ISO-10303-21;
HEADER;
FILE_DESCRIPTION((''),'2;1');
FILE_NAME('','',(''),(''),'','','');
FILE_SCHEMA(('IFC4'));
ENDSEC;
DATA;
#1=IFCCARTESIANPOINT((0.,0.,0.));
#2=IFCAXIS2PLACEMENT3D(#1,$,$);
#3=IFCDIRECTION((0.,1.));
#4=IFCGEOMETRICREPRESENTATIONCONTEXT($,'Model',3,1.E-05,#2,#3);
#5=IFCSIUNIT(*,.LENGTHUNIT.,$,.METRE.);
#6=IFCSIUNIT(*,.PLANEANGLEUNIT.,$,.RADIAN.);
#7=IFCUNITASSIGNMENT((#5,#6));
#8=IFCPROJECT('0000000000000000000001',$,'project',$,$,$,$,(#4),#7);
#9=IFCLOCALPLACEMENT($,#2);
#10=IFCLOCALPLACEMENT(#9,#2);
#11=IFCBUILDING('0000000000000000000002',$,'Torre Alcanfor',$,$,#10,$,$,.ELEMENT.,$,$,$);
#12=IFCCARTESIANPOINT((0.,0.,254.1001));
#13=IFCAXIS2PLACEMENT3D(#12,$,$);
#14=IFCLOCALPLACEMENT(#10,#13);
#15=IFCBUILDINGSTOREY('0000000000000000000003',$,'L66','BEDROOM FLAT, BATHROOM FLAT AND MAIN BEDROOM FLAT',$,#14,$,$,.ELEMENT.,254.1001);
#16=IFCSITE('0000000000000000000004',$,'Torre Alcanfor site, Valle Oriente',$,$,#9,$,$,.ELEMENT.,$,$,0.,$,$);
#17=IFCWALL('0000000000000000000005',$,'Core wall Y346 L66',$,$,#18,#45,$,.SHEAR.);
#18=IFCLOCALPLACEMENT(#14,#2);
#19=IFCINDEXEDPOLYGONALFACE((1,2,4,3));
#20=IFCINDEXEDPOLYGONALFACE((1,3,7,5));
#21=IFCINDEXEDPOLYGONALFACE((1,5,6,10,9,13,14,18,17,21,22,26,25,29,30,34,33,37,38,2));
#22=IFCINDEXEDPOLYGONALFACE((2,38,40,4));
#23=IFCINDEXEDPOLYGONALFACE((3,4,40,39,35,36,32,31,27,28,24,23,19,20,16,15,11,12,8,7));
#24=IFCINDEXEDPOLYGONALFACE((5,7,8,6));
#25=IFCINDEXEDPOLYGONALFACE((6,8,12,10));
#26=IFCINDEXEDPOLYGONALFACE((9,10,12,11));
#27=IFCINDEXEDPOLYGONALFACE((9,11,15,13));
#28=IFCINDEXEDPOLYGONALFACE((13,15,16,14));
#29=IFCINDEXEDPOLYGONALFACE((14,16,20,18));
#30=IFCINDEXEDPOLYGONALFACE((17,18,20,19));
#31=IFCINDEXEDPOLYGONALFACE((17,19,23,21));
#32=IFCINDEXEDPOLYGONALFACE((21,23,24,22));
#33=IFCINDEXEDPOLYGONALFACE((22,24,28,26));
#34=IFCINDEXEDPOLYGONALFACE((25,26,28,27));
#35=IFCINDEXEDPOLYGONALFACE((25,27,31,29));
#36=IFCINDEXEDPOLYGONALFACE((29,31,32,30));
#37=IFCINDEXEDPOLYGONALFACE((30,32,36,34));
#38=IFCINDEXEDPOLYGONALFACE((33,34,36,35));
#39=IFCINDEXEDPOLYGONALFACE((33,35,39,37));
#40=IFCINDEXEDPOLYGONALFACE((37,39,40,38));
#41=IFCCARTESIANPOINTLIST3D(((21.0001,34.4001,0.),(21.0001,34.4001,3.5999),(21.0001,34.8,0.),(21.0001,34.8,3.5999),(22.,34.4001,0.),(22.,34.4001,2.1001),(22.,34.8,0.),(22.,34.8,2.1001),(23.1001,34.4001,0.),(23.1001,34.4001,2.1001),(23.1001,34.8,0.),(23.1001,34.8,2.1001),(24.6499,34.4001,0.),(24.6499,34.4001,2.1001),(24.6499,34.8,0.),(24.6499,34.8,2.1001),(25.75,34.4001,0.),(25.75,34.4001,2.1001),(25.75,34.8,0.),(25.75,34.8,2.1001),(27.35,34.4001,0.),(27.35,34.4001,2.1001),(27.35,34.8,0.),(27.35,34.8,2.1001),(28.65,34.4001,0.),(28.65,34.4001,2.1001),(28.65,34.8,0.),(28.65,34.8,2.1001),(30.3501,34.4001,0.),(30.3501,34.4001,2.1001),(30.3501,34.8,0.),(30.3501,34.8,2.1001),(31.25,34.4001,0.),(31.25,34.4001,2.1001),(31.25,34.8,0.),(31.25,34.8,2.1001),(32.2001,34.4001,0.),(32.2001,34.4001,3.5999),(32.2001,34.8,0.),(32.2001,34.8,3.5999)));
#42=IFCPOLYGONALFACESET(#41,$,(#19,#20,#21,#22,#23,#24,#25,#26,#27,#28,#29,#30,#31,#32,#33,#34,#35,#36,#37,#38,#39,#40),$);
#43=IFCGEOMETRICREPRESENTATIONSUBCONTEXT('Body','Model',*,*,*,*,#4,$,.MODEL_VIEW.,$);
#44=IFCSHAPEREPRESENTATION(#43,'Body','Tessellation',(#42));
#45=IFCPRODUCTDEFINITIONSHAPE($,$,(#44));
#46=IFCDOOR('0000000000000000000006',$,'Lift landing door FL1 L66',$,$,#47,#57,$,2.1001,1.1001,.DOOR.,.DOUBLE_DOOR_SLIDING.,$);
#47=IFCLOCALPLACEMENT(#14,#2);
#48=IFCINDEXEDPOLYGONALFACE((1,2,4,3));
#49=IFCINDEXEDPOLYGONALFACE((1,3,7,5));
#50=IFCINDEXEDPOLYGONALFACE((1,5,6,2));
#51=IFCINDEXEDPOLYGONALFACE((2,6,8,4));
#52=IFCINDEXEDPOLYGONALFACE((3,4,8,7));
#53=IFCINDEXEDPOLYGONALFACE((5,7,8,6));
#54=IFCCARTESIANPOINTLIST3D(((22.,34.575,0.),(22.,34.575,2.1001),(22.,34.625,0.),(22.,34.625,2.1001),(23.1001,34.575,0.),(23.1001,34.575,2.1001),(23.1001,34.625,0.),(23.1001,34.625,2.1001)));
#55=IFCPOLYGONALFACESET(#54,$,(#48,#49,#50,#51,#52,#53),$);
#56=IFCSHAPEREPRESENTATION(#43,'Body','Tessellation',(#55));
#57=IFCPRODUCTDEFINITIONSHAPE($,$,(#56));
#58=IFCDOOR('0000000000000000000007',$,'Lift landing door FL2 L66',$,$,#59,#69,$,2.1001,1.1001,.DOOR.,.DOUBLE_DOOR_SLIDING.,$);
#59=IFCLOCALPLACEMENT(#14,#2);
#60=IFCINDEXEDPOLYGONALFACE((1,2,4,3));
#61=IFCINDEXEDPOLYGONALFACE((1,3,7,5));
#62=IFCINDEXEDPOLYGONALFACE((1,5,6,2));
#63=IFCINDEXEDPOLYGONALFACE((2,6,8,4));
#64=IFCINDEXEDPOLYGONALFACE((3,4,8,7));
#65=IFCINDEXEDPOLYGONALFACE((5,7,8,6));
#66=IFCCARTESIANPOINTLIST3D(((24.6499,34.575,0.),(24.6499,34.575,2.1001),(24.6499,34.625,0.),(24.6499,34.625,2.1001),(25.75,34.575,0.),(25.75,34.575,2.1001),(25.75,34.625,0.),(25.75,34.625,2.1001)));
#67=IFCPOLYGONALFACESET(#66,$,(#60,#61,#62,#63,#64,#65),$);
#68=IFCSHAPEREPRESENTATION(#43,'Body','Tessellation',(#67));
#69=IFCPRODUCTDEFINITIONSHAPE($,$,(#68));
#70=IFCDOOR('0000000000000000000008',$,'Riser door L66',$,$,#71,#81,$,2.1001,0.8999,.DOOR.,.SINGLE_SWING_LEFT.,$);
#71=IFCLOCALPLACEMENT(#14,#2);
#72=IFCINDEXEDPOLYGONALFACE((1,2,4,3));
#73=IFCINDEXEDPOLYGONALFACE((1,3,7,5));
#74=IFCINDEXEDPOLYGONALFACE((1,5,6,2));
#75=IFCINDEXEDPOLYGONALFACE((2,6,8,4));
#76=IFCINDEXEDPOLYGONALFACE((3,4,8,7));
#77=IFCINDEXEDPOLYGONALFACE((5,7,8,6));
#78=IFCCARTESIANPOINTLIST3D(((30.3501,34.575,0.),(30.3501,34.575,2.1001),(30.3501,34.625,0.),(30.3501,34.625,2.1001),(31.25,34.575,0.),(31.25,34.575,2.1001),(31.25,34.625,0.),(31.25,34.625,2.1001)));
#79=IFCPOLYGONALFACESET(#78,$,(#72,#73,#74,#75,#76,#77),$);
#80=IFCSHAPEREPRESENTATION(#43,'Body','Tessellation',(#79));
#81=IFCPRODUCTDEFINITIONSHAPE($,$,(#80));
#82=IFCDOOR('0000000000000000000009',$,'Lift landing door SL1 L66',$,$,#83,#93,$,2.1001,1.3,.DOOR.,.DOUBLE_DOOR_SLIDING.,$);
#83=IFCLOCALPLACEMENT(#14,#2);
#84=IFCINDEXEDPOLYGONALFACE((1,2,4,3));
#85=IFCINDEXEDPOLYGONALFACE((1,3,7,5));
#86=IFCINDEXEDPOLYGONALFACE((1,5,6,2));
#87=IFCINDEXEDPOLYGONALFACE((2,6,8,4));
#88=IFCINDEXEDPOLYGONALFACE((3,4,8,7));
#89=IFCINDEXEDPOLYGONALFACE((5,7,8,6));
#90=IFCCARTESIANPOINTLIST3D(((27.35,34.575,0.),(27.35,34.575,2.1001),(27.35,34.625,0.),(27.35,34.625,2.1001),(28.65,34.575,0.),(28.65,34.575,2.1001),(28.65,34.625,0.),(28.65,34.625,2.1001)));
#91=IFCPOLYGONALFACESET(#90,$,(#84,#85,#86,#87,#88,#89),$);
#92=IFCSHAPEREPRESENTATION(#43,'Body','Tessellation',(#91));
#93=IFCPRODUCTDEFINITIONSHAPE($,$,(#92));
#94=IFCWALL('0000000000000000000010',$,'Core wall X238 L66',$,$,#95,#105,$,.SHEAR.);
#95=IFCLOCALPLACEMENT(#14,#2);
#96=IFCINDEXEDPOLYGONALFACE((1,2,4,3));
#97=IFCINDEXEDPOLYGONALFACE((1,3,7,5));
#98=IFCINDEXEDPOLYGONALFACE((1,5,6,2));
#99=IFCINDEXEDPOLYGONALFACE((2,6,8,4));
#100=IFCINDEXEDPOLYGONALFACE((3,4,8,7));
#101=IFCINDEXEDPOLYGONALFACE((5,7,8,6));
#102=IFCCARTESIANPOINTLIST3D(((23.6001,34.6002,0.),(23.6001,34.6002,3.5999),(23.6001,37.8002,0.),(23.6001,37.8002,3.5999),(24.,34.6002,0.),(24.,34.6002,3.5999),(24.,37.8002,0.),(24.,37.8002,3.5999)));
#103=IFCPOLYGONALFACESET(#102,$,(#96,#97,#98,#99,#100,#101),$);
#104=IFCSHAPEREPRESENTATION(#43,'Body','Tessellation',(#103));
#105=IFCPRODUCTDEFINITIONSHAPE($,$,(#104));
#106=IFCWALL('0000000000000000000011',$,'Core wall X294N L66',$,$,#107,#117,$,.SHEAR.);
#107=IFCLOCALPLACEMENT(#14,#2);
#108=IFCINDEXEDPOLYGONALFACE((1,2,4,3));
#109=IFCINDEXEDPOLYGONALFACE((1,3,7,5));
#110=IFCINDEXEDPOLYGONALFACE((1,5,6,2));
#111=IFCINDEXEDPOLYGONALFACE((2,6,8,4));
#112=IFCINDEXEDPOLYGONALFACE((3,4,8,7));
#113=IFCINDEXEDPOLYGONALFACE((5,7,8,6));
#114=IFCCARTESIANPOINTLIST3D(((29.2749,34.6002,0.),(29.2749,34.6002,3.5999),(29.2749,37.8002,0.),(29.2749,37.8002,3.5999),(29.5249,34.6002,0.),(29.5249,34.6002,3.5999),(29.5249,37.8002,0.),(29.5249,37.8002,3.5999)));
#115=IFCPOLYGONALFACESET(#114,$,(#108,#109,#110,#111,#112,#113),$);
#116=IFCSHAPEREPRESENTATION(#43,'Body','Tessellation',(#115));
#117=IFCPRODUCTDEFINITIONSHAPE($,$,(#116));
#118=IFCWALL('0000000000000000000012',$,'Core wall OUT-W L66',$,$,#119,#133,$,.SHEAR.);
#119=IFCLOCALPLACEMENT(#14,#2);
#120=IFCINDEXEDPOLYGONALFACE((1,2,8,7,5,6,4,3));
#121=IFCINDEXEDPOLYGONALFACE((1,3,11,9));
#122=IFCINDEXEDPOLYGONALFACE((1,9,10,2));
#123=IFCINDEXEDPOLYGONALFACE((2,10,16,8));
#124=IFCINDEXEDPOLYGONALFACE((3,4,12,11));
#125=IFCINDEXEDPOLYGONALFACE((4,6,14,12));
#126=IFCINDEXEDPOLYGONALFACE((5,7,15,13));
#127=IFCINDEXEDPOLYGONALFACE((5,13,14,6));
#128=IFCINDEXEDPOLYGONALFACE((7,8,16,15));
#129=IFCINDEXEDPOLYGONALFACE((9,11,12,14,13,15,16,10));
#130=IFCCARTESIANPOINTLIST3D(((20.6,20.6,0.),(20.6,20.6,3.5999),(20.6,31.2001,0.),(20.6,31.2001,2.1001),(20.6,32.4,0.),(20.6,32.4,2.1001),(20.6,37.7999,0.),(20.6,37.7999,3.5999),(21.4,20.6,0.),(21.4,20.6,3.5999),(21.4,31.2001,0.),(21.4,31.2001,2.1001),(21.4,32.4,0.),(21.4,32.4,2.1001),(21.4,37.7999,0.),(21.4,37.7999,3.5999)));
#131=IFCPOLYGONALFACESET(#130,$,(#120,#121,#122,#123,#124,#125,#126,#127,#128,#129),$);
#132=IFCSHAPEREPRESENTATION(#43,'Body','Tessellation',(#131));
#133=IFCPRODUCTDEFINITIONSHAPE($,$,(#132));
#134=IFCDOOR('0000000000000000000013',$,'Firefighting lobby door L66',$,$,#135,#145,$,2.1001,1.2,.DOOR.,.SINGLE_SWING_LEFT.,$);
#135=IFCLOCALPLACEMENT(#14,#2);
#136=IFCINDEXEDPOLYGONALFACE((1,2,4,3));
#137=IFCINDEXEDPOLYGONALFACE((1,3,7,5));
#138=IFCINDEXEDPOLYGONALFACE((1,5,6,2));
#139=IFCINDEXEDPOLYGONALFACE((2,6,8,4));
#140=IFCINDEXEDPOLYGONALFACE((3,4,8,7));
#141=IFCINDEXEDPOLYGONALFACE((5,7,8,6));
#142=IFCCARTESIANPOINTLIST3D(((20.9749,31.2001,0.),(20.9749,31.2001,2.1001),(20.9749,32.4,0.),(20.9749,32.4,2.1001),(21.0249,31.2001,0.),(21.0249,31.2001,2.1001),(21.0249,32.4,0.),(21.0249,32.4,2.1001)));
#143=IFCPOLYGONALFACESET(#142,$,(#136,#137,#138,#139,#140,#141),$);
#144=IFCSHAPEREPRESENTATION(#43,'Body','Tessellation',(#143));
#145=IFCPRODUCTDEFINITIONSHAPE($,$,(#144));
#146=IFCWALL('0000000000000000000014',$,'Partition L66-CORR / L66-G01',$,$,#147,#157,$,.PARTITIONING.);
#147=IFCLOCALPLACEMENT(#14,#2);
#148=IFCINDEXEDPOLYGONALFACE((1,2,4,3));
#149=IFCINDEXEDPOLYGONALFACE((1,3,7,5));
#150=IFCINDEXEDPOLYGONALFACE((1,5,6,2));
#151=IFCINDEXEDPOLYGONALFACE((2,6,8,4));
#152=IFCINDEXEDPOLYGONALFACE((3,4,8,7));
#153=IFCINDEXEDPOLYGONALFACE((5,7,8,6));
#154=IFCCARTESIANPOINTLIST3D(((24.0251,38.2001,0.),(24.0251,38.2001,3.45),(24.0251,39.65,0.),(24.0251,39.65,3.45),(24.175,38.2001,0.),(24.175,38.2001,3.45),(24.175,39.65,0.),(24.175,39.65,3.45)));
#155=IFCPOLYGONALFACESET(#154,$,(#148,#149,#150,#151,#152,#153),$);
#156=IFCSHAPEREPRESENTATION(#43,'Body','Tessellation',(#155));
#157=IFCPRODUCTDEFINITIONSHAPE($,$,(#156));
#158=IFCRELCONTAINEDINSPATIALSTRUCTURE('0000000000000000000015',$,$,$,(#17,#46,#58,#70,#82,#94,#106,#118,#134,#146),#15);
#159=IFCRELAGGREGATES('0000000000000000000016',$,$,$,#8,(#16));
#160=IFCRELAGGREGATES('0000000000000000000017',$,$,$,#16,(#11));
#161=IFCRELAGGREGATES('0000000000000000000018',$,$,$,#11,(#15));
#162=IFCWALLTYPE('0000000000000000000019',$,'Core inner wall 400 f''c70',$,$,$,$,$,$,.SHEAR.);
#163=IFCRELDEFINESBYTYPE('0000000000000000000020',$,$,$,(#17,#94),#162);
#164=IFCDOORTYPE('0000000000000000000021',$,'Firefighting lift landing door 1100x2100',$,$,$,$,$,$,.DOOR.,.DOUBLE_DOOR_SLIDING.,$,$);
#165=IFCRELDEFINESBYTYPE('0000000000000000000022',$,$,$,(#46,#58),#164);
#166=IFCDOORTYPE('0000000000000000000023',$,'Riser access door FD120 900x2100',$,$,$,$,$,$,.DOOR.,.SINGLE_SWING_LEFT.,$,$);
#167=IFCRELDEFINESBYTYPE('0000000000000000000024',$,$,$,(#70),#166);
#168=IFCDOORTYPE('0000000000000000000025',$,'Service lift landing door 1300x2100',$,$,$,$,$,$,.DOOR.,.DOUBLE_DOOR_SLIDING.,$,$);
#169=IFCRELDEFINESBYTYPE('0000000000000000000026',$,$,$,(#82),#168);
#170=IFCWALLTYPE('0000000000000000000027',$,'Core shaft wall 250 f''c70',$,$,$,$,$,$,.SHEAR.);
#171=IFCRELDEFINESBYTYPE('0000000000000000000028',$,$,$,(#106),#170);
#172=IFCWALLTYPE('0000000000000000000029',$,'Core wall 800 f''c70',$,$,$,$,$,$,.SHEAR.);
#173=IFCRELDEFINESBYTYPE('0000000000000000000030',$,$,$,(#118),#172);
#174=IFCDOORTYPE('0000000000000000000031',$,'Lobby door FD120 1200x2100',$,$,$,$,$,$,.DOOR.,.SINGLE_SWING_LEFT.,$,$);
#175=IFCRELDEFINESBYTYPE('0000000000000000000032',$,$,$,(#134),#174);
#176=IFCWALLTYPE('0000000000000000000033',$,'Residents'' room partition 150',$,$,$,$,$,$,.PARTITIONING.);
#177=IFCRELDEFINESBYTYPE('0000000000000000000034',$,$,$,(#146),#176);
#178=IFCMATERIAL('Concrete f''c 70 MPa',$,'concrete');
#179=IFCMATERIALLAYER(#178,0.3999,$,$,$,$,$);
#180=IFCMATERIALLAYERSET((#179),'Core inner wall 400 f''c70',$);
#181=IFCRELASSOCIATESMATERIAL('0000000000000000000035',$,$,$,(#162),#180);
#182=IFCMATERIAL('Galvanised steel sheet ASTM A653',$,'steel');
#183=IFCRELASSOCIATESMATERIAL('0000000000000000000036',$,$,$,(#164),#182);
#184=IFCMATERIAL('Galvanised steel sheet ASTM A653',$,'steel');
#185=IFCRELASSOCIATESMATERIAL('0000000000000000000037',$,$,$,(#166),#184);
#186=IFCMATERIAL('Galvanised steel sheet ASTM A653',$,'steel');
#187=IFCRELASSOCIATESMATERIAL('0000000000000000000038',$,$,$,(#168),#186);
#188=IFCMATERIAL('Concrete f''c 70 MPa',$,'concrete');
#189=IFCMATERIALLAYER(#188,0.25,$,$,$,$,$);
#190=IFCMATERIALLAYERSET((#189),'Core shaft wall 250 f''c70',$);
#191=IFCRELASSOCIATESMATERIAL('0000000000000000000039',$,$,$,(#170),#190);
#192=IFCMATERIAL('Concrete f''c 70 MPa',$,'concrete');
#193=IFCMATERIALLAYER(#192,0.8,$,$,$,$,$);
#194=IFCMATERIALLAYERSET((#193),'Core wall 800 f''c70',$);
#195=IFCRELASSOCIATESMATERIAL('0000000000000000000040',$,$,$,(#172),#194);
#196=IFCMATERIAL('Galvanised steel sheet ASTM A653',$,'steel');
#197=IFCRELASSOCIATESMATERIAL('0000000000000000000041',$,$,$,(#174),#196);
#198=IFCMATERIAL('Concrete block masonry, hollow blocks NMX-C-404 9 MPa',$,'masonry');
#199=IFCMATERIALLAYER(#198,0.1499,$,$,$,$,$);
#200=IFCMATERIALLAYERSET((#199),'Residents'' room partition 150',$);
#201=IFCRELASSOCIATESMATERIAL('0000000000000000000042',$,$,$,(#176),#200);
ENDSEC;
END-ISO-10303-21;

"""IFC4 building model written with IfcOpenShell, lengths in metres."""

from ifc_helpers import new_model, si_unit, direction, frame, frame_2d, origin, place, context, subcontext, project, spatial, rectangle, extrude, material, layer, layer_set, type_object, element, fill, save


model = new_model("IFC4")

# Units and contexts
model_context = context("Model", 3, precision=1e-05, world=origin(), true_north=direction((0.0, 1.0)))
body_context = subcontext(model_context, "Body", "Model", "MODEL_VIEW")
ifc_project = project(units=[si_unit("LENGTHUNIT", "METRE"), si_unit("PLANEANGLEUNIT", "RADIAN")], contexts=[model_context])

# Site, building, storey
site_placement = place(None, origin())
site = spatial("IfcSite", under=ifc_project, at=site_placement, Name="Torre Alcanfor site, Valle Oriente", CompositionType="ELEMENT", RefElevation=0.0)
building_placement = place(site_placement, origin())
building = spatial("IfcBuilding", under=site, at=building_placement, Name="Torre Alcanfor", CompositionType="ELEMENT")
storey_placement = place(building_placement, frame((0.0, 0.0, 254.1001)))
storey = spatial("IfcBuildingStorey", under=building, at=storey_placement, Name="L66", Description="BEDROOM FLAT, BATHROOM FLAT AND MAIN BEDROOM FLAT", CompositionType="ELEMENT", Elevation=254.1001)

# Shared definitions
ifc_material_1 = material(Name="Concrete f'c 70 MPa", Category="concrete")
ifc_layer_1 = layer(ifc_material_1, 0.3999)
ifc_layer_set_1 = layer_set([ifc_layer_1], Name="Core inner wall 400 f'c70")
wall_type_1 = type_object("IfcWallType", Name="Core inner wall 400 f'c70", PredefinedType="SHEAR", material=ifc_layer_set_1)

# Wall, openings, doors
wall_1_placement = place(storey_placement, frame((21.0, 34.6001, 0.0), z_axis=(0.0, 0.0, 1.0), x_axis=(1.0, 0.0, 0.0)))
wall_1 = element("IfcWall", 1, at=wall_1_placement, inside=storey, type_object=wall_type_1, Name="Core wall Y346 L66", PredefinedType="SHEAR", context=body_context, shape_type="SweptSolid", body=[
    extrude(rectangle(XDim=11.2, YDim=0.3999, at=frame_2d((5.6001, 0.0))), origin(), (0.0, 0.0, 1.0), 3.5999),
])
opening_1_placement = place(wall_1_placement, frame((9.3501, 0.0, 0.0)))
opening_1 = element("IfcOpeningElement", 2, at=opening_1_placement, cuts=wall_1, PredefinedType="OPENING", context=body_context, shape_type="SweptSolid", body=[
    extrude(rectangle(XDim=0.8999, YDim=2.1001, at=frame_2d((0.45, 1.05))), frame((0.0, 0.21, 0.0), z_axis=(0.0, -1.0, 0.0), x_axis=(1.0, 0.0, 0.0)), (0.0, 0.0, 1.0), 0.4199),
])
opening_2_placement = place(wall_1_placement, frame((1.0, 0.0, 0.0)))
opening_2 = element("IfcOpeningElement", 3, at=opening_2_placement, cuts=wall_1, PredefinedType="OPENING", context=body_context, shape_type="SweptSolid", body=[
    extrude(rectangle(XDim=1.1001, YDim=2.1001, at=frame_2d((0.55, 1.05))), frame((0.0, 0.21, 0.0), z_axis=(0.0, -1.0, 0.0), x_axis=(1.0, 0.0, 0.0)), (0.0, 0.0, 1.0), 0.4199),
])
opening_3_placement = place(wall_1_placement, frame((3.6499, 0.0, 0.0)))
opening_3 = element("IfcOpeningElement", 4, at=opening_3_placement, cuts=wall_1, PredefinedType="OPENING", context=body_context, shape_type="SweptSolid", body=[
    extrude(rectangle(XDim=1.1001, YDim=2.1001, at=frame_2d((0.55, 1.05))), frame((0.0, 0.21, 0.0), z_axis=(0.0, -1.0, 0.0), x_axis=(1.0, 0.0, 0.0)), (0.0, 0.0, 1.0), 0.4199),
])
opening_4_placement = place(wall_1_placement, frame((6.3501, 0.0, 0.0)))
opening_4 = element("IfcOpeningElement", 5, at=opening_4_placement, cuts=wall_1, PredefinedType="OPENING", context=body_context, shape_type="SweptSolid", body=[
    extrude(rectangle(XDim=1.3, YDim=2.1001, at=frame_2d((0.6499, 1.05))), frame((0.0, 0.21, 0.0), z_axis=(0.0, -1.0, 0.0), x_axis=(1.0, 0.0, 0.0)), (0.0, 0.0, 1.0), 0.4199),
])
ifc_material_2 = material(Name="Galvanised steel sheet ASTM A653", Category="steel")
door_type_1 = type_object("IfcDoorType", Name="Firefighting lift landing door 1100x2100", OperationType="DOUBLE_DOOR_SLIDING", PredefinedType="DOOR", material=ifc_material_2)
door_1_placement = place(opening_2_placement, origin())
door_1 = element("IfcDoor", 6, at=door_1_placement, inside=storey, type_object=door_type_1, Name="Lift landing door FL1 L66", OperationType="DOUBLE_DOOR_SLIDING", OverallHeight=2.1001, OverallWidth=1.1001, PredefinedType="DOOR", context=body_context, shape_type="SweptSolid", body=[
    extrude(rectangle(XDim=1.1001, YDim=2.1001, at=frame_2d((0.55, 1.05))), frame((0.0, 0.0249, 0.0), z_axis=(0.0, -1.0, 0.0), x_axis=(1.0, 0.0, 0.0)), (0.0, 0.0, 1.0), 0.05),
])
fill(opening_2, door_1)
door_2_placement = place(opening_3_placement, origin())
door_2 = element("IfcDoor", 7, at=door_2_placement, inside=storey, type_object=door_type_1, Name="Lift landing door FL2 L66", OperationType="DOUBLE_DOOR_SLIDING", OverallHeight=2.1001, OverallWidth=1.1001, PredefinedType="DOOR", context=body_context, shape_type="SweptSolid", body=[
    extrude(rectangle(XDim=1.1001, YDim=2.1001, at=frame_2d((0.55, 1.05))), frame((0.0, 0.0249, 0.0), z_axis=(0.0, -1.0, 0.0), x_axis=(1.0, 0.0, 0.0)), (0.0, 0.0, 1.0), 0.05),
])
fill(opening_3, door_2)
ifc_material_3 = material(Name="Galvanised steel sheet ASTM A653", Category="steel")
door_type_2 = type_object("IfcDoorType", Name="Riser access door FD120 900x2100", OperationType="SINGLE_SWING_LEFT", PredefinedType="DOOR", material=ifc_material_3)
door_3_placement = place(opening_1_placement, origin())
door_3 = element("IfcDoor", 8, at=door_3_placement, inside=storey, type_object=door_type_2, Name="Riser door L66", OperationType="SINGLE_SWING_LEFT", OverallHeight=2.1001, OverallWidth=0.8999, PredefinedType="DOOR", context=body_context, shape_type="SweptSolid", body=[
    extrude(rectangle(XDim=0.8999, YDim=2.1001, at=frame_2d((0.45, 1.05))), frame((0.0, 0.0249, 0.0), z_axis=(0.0, -1.0, 0.0), x_axis=(1.0, 0.0, 0.0)), (0.0, 0.0, 1.0), 0.05),
])
fill(opening_1, door_3)
ifc_material_4 = material(Name="Galvanised steel sheet ASTM A653", Category="steel")
door_type_3 = type_object("IfcDoorType", Name="Service lift landing door 1300x2100", OperationType="DOUBLE_DOOR_SLIDING", PredefinedType="DOOR", material=ifc_material_4)
door_4_placement = place(opening_4_placement, origin())
door_4 = element("IfcDoor", 9, at=door_4_placement, inside=storey, type_object=door_type_3, Name="Lift landing door SL1 L66", OperationType="DOUBLE_DOOR_SLIDING", OverallHeight=2.1001, OverallWidth=1.3, PredefinedType="DOOR", context=body_context, shape_type="SweptSolid", body=[
    extrude(rectangle(XDim=1.3, YDim=2.1001, at=frame_2d((0.6499, 1.05))), frame((0.0, 0.0249, 0.0), z_axis=(0.0, -1.0, 0.0), x_axis=(1.0, 0.0, 0.0)), (0.0, 0.0, 1.0), 0.05),
])
fill(opening_4, door_4)

# Walls
wall_2_placement = place(storey_placement, frame((23.8, 34.6001, 0.0), z_axis=(0.0, 0.0, 1.0), x_axis=(0.0, 1.0, 0.0)))
element("IfcWall", 10, at=wall_2_placement, inside=storey, type_object=wall_type_1, Name="Core wall X238 L66", PredefinedType="SHEAR", context=body_context, shape_type="SweptSolid", body=[
    extrude(rectangle(XDim=3.2, YDim=0.3999, at=frame_2d((1.6001, 0.0))), origin(), (0.0, 0.0, 1.0), 3.5999),
])
ifc_material_5 = material(Name="Concrete f'c 70 MPa", Category="concrete")
ifc_layer_2 = layer(ifc_material_5, 0.25)
ifc_layer_set_2 = layer_set([ifc_layer_2], Name="Core shaft wall 250 f'c70")
wall_type_2 = type_object("IfcWallType", Name="Core shaft wall 250 f'c70", PredefinedType="SHEAR", material=ifc_layer_set_2)
wall_3_placement = place(storey_placement, frame((29.3999, 34.6001, 0.0), z_axis=(0.0, 0.0, 1.0), x_axis=(0.0, 1.0, 0.0)))
element("IfcWall", 11, at=wall_3_placement, inside=storey, type_object=wall_type_2, Name="Core wall X294N L66", PredefinedType="SHEAR", context=body_context, shape_type="SweptSolid", body=[
    extrude(rectangle(XDim=3.2, YDim=0.25, at=frame_2d((1.6001, 0.0))), origin(), (0.0, 0.0, 1.0), 3.5999),
])

# Wall, opening, door
ifc_material_6 = material(Name="Concrete f'c 70 MPa", Category="concrete")
ifc_layer_3 = layer(ifc_material_6, 0.8)
ifc_layer_set_3 = layer_set([ifc_layer_3], Name="Core wall 800 f'c70")
wall_type_3 = type_object("IfcWallType", Name="Core wall 800 f'c70", PredefinedType="SHEAR", material=ifc_layer_set_3)
wall_4_placement = place(storey_placement, frame((21.0, 37.8, 0.0), z_axis=(0.0, 0.0, 1.0), x_axis=(0.0, -1.0, 0.0)))
wall_4 = element("IfcWall", 12, at=wall_4_placement, inside=storey, type_object=wall_type_3, Name="Core wall OUT-W L66", PredefinedType="SHEAR", context=body_context, shape_type="SweptSolid", body=[
    extrude(rectangle(XDim=17.2, YDim=0.8, at=frame_2d((8.6001, 0.0))), origin(), (0.0, 0.0, 1.0), 3.5999),
])
opening_5_placement = place(wall_4_placement, frame((5.3999, 0.0, 0.0)))
opening_5 = element("IfcOpeningElement", 13, at=opening_5_placement, cuts=wall_4, PredefinedType="OPENING", context=body_context, shape_type="SweptSolid", body=[
    extrude(rectangle(XDim=1.2, YDim=2.1001, at=frame_2d((0.6001, 1.05))), frame((0.0, 0.4099, 0.0), z_axis=(0.0, -1.0, 0.0), x_axis=(1.0, 0.0, 0.0)), (0.0, 0.0, 1.0), 0.8201),
])
ifc_material_7 = material(Name="Galvanised steel sheet ASTM A653", Category="steel")
door_type_4 = type_object("IfcDoorType", Name="Lobby door FD120 1200x2100", OperationType="SINGLE_SWING_LEFT", PredefinedType="DOOR", material=ifc_material_7)
door_5_placement = place(opening_5_placement, origin())
door_5 = element("IfcDoor", 14, at=door_5_placement, inside=storey, type_object=door_type_4, Name="Firefighting lobby door L66", OperationType="SINGLE_SWING_LEFT", OverallHeight=2.1001, OverallWidth=1.2, PredefinedType="DOOR", context=body_context, shape_type="SweptSolid", body=[
    extrude(rectangle(XDim=1.2, YDim=2.1001, at=frame_2d((0.6001, 1.05))), frame((0.0, 0.0249, 0.0), z_axis=(0.0, -1.0, 0.0), x_axis=(1.0, 0.0, 0.0)), (0.0, 0.0, 1.0), 0.05),
])
fill(opening_5, door_5)

# Wall
ifc_material_8 = material(Name="Concrete block masonry, hollow blocks NMX-C-404 9 MPa", Category="masonry")
ifc_layer_4 = layer(ifc_material_8, 0.1499)
ifc_layer_set_4 = layer_set([ifc_layer_4], Name="Residents' room partition 150")
wall_type_4 = type_object("IfcWallType", Name="Residents' room partition 150", PredefinedType="PARTITIONING", material=ifc_layer_set_4)
wall_5_placement = place(storey_placement, frame((24.1001, 38.2, 0.0), z_axis=(0.0, 0.0, 1.0), x_axis=(0.0, 1.0, 0.0)))
element("IfcWall", 15, at=wall_5_placement, inside=storey, type_object=wall_type_4, Name="Partition L66-CORR / L66-G01", PredefinedType="PARTITIONING", context=body_context, shape_type="SweptSolid", body=[
    extrude(rectangle(XDim=1.45, YDim=0.1499, at=frame_2d((0.7251, 0.0))), origin(), (0.0, 0.0, 1.0), 3.45),
])

save(model, "model.ifc")
